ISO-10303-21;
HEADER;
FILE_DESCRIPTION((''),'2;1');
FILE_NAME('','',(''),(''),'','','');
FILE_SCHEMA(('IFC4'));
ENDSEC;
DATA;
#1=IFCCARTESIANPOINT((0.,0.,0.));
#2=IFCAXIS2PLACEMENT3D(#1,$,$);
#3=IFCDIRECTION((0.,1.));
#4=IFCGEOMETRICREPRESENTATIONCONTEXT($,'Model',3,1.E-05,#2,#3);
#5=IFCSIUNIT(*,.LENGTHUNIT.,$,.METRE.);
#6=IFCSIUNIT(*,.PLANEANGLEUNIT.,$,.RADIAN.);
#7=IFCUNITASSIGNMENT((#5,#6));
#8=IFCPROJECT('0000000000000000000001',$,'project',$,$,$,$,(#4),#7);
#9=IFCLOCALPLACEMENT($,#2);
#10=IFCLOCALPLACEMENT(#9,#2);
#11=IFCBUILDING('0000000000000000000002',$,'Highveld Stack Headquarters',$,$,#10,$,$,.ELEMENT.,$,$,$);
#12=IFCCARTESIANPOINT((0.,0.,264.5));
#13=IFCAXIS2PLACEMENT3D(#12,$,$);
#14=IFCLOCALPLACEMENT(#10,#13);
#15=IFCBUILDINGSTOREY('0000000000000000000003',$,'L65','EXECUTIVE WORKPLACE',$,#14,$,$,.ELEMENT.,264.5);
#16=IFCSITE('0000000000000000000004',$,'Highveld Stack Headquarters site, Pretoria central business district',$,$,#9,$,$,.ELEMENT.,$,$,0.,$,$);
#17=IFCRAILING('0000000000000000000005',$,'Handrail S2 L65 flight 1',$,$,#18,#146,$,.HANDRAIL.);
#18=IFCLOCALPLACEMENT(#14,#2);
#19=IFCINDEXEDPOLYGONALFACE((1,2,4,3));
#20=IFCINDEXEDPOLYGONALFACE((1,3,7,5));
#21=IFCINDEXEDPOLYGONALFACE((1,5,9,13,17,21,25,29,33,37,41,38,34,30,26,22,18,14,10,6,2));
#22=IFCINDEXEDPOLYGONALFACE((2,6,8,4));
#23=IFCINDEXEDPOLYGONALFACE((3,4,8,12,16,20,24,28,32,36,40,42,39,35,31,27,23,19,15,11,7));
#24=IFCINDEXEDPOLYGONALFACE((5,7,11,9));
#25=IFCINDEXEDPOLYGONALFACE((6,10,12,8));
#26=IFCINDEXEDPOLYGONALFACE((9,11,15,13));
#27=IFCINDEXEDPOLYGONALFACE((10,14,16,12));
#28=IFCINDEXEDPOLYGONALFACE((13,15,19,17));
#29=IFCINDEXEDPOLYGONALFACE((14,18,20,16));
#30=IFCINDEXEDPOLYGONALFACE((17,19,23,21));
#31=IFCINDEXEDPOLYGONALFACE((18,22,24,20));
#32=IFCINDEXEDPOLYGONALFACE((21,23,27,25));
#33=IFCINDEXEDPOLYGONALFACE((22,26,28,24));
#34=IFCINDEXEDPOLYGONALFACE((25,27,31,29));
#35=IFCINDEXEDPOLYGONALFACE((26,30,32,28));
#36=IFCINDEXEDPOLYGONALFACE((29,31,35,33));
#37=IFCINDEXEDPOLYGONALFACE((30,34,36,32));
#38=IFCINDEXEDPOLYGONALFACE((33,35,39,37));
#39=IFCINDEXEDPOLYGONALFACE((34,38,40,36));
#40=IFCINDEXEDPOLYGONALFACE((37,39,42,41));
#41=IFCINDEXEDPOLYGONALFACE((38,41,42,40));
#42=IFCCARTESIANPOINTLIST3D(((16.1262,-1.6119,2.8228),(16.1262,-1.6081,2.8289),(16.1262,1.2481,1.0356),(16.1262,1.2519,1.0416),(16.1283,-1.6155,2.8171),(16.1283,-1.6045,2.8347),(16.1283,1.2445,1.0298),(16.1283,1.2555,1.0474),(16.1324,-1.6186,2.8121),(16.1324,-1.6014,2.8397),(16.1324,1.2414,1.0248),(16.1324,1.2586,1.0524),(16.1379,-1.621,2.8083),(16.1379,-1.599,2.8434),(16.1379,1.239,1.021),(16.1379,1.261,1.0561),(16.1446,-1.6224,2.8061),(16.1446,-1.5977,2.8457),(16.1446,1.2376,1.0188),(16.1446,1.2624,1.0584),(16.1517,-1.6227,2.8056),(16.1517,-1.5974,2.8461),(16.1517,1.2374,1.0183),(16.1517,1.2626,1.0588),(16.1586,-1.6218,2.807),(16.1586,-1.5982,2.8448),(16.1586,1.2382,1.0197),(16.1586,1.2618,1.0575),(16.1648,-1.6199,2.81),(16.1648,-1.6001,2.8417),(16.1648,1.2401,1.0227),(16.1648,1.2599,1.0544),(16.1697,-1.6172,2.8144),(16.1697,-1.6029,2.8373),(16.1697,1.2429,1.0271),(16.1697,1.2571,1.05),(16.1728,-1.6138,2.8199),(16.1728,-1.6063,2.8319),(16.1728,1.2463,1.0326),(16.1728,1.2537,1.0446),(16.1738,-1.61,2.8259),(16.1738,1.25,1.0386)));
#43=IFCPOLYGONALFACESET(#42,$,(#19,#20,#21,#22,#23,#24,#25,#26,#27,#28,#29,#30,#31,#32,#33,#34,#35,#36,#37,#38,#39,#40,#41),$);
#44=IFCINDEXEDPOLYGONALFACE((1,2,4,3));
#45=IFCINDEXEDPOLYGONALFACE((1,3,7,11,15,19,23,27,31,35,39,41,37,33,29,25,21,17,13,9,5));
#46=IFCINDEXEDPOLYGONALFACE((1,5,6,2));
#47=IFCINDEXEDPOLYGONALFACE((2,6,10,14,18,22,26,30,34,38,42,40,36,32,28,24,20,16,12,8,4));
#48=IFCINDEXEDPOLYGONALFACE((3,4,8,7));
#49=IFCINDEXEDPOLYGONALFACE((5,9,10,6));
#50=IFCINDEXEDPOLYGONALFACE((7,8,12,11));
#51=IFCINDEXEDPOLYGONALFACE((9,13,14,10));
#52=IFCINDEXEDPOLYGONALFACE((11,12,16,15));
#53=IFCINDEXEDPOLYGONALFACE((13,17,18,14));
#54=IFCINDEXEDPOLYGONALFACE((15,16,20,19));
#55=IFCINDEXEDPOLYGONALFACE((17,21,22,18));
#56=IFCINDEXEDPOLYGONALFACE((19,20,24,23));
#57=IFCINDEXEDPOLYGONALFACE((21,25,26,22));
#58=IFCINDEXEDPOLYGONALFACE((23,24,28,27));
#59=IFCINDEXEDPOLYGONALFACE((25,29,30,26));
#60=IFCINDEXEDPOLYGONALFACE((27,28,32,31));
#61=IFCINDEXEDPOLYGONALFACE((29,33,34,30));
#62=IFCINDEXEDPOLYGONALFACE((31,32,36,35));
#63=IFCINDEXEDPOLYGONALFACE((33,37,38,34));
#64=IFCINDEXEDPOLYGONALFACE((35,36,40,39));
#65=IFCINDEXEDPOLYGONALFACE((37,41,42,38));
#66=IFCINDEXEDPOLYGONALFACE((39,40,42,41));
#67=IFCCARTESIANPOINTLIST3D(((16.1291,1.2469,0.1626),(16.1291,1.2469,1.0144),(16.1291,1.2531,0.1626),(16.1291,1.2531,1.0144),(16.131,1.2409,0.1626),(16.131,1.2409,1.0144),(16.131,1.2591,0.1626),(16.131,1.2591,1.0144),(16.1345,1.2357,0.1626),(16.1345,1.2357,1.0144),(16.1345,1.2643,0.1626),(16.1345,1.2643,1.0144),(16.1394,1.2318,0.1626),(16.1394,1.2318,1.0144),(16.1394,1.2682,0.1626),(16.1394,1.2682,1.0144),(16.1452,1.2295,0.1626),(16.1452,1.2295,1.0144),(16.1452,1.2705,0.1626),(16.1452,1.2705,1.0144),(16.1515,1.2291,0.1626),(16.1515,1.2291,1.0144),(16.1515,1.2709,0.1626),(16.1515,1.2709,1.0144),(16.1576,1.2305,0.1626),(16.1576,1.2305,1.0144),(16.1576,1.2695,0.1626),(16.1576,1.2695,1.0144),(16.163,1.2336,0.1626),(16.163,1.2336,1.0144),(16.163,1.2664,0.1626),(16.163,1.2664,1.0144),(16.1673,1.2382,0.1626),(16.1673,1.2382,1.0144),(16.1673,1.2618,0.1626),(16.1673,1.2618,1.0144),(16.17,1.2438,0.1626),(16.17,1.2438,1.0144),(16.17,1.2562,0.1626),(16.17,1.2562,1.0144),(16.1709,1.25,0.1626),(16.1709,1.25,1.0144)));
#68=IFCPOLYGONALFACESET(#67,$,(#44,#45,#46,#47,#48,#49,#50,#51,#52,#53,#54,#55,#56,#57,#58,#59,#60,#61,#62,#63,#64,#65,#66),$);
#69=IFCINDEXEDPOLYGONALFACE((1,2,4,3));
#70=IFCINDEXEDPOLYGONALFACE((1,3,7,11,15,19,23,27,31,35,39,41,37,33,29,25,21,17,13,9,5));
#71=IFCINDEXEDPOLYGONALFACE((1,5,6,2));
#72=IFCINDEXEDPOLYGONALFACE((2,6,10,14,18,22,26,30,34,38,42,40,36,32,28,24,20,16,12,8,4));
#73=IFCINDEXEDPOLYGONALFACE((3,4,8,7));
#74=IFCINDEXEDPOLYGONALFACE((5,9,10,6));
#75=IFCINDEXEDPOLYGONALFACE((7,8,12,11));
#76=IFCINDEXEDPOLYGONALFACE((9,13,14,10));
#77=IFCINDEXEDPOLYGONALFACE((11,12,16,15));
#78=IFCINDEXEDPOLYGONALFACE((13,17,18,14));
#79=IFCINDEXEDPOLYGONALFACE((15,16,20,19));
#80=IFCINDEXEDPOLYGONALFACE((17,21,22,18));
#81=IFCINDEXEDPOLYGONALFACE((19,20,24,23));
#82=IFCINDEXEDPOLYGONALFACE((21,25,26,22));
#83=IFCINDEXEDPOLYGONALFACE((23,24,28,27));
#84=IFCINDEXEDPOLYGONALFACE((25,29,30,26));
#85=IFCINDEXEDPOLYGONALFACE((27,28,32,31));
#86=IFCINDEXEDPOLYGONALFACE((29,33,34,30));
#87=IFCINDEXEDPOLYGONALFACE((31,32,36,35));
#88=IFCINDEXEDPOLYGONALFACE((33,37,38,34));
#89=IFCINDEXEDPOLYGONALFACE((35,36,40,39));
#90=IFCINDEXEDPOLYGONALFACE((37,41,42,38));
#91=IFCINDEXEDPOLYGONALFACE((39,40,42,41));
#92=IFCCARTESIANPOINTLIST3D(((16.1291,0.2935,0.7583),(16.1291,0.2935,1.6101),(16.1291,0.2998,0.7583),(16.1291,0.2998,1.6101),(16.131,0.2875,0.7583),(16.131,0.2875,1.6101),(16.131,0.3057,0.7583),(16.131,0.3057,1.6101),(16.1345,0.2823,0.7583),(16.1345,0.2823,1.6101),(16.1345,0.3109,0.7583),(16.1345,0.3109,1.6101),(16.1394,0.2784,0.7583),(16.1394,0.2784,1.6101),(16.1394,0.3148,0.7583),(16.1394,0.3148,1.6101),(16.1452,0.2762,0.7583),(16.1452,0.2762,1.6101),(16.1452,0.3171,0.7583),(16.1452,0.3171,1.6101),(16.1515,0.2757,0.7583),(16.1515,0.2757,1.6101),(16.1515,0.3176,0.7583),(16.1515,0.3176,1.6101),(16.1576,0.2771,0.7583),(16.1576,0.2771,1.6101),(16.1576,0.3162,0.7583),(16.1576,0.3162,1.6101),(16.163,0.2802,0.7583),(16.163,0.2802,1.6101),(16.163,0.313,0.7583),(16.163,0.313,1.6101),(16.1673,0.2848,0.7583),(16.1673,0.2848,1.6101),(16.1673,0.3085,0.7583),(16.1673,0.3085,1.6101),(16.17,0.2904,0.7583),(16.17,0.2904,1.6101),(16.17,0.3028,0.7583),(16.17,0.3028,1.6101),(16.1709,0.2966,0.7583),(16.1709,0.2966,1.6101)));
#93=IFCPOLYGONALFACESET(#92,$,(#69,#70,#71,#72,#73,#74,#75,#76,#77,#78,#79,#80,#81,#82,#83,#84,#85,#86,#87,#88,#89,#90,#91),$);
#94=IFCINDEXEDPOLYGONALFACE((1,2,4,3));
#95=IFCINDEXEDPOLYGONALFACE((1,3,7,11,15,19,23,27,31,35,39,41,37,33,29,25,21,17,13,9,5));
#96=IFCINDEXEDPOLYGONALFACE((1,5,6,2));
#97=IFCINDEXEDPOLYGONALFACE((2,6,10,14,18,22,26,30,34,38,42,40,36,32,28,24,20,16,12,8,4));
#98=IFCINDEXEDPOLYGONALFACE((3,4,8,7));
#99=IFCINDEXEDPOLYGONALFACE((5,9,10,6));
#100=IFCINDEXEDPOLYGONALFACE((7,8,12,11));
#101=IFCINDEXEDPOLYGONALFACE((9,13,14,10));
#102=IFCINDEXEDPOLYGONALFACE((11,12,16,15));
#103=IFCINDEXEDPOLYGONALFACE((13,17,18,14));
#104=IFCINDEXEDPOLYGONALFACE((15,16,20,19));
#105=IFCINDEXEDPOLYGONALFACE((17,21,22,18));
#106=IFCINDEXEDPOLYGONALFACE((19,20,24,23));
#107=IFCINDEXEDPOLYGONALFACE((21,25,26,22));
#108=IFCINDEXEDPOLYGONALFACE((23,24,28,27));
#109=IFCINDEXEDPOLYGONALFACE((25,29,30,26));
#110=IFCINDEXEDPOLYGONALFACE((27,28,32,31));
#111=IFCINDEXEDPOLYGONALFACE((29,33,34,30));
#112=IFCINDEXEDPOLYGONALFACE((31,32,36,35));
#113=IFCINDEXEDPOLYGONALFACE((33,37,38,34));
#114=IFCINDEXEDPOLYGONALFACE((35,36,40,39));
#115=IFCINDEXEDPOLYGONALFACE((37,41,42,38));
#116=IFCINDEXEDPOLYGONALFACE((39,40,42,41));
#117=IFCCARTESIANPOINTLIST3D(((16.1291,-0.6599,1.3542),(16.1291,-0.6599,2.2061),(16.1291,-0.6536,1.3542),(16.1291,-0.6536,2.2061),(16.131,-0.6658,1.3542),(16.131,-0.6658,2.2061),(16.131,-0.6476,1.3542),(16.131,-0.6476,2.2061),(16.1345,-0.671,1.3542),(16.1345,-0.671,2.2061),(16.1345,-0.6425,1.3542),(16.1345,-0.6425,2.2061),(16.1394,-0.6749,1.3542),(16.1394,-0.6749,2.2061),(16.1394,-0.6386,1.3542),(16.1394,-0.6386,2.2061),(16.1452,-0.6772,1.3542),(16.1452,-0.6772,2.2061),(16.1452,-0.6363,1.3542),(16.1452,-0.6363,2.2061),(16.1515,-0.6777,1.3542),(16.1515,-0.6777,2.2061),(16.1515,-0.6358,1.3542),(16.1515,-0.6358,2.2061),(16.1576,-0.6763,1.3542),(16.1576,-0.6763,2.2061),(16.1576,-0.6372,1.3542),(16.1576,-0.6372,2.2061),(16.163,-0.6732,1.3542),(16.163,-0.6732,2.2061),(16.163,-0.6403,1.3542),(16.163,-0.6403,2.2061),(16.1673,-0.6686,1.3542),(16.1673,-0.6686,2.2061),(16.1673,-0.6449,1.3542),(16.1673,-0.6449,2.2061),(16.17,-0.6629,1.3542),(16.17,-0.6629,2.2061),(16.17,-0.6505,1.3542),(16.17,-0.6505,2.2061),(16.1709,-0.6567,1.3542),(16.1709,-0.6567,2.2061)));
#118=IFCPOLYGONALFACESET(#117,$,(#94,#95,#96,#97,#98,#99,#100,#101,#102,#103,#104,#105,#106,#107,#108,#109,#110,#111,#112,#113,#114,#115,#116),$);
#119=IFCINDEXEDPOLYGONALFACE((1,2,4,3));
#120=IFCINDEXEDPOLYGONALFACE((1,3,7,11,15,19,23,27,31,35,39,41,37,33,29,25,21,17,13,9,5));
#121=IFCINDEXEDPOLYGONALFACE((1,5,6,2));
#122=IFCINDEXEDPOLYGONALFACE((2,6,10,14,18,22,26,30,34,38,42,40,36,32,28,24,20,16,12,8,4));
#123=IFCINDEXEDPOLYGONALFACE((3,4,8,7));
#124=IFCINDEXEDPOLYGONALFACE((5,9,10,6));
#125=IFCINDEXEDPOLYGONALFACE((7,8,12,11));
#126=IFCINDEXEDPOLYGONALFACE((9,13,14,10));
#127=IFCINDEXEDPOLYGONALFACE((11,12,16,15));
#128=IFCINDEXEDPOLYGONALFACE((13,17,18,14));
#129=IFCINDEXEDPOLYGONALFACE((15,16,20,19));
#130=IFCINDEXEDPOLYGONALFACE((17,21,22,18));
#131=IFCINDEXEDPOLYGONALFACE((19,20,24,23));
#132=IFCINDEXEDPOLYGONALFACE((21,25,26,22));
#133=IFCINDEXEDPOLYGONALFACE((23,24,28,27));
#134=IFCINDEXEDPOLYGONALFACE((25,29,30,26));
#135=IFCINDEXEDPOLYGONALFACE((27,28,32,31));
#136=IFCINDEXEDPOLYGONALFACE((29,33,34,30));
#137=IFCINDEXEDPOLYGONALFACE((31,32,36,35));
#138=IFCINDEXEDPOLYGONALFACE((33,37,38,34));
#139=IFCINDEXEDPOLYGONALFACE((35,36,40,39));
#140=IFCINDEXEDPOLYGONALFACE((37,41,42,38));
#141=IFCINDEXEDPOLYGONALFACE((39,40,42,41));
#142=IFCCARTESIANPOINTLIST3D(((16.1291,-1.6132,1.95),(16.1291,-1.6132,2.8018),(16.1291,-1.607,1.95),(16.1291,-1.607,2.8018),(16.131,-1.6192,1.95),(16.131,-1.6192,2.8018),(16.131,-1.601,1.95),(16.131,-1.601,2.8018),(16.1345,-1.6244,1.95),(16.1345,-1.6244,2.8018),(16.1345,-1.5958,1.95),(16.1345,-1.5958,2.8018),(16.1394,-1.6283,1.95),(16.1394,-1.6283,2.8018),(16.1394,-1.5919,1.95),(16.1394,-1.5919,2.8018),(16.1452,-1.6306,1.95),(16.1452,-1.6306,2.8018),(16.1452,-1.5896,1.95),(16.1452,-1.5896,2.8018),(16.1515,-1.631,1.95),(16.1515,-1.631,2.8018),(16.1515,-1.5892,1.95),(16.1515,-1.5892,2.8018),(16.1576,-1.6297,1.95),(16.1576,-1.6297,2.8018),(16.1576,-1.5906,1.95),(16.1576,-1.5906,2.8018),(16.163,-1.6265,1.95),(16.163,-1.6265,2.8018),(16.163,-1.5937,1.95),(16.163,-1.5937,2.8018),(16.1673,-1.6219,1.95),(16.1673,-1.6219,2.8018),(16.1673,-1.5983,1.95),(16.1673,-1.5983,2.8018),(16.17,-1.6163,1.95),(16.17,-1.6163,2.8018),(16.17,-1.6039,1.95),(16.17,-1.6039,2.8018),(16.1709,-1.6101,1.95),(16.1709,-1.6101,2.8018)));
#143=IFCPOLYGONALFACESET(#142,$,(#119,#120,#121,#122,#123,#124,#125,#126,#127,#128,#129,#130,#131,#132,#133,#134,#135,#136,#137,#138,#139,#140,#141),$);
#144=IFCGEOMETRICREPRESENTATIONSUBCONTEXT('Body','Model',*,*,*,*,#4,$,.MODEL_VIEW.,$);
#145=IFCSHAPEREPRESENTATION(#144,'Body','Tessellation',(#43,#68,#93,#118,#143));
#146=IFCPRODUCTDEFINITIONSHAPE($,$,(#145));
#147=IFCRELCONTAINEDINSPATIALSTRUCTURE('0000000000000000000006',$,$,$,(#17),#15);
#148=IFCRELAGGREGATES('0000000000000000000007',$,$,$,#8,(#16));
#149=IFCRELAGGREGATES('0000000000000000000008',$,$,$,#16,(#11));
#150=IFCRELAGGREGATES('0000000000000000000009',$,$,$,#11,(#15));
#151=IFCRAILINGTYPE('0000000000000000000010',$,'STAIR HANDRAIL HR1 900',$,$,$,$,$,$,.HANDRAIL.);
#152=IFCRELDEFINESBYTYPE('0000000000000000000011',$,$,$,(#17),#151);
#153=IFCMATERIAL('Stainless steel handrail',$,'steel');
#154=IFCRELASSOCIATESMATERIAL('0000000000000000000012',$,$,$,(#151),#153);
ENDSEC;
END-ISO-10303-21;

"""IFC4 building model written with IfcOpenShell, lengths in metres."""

from ifc_helpers import new_model, si_unit, direction, frame, origin, origin_2d, place, context, subcontext, project, spatial, circle, extrude, material, type_object, element, save


model = new_model("IFC4")

# Units and contexts
model_context = context("Model", 3, precision=1e-05, world=origin(), true_north=direction((0.0, 1.0)))
body_context = subcontext(model_context, "Body", "Model", "MODEL_VIEW")
ifc_project = project(units=[si_unit("LENGTHUNIT", "METRE"), si_unit("PLANEANGLEUNIT", "RADIAN")], contexts=[model_context])

# Site, building, storey
site_placement = place(None, origin())
site = spatial("IfcSite", under=ifc_project, at=site_placement, Name="Highveld Stack Headquarters site, Pretoria central business district", CompositionType="ELEMENT", RefElevation=0.0)
building_placement = place(site_placement, origin())
building = spatial("IfcBuilding", under=site, at=building_placement, Name="Highveld Stack Headquarters", CompositionType="ELEMENT")
storey_placement = place(building_placement, frame((0.0, 0.0, 264.5)))
storey = spatial("IfcBuildingStorey", under=building, at=storey_placement, Name="L65", Description="EXECUTIVE WORKPLACE", CompositionType="ELEMENT", Elevation=264.5)

# Railing
ifc_material_1 = material(Name="Stainless steel handrail", Category="steel")
railing_type = type_object("IfcRailingType", Name="STAIR HANDRAIL HR1 900", PredefinedType="HANDRAIL", material=ifc_material_1)
for number, where, name in (
    (1, (16.1499, 1.25, 0.1626), "Handrail S2 L65 flight 1"),
):
    element("IfcRailing", number, at=place(storey_placement, frame(where)), inside=storey, type_object=railing_type, Name=name, PredefinedType="HANDRAIL", context=body_context, shape_type="SweptSolid", body=[
        extrude(circle(Radius=0.0239, at=origin_2d()), frame((0.0, 0.0, 0.876), z_axis=(0.0, -0.848027, 0.529953), x_axis=(1.0, 0.0, 0.0)), (0.0, 0.0, 1.0), 3.3726),
        extrude(circle(Radius=0.021, at=origin_2d()), origin(), (0.0, 0.0, 1.0), 0.8518),
        extrude(circle(Radius=0.021, at=origin_2d()), frame((0.0, -0.9534, 0.5957)), (0.0, 0.0, 1.0), 0.8518),
        extrude(circle(Radius=0.021, at=origin_2d()), frame((0.0, -1.9067, 1.1917)), (0.0, 0.0, 1.0), 0.8518),
        extrude(circle(Radius=0.021, at=origin_2d()), frame((0.0, -2.8601, 1.7874)), (0.0, 0.0, 1.0), 0.8518),
    ])

save(model, "model.ifc")
